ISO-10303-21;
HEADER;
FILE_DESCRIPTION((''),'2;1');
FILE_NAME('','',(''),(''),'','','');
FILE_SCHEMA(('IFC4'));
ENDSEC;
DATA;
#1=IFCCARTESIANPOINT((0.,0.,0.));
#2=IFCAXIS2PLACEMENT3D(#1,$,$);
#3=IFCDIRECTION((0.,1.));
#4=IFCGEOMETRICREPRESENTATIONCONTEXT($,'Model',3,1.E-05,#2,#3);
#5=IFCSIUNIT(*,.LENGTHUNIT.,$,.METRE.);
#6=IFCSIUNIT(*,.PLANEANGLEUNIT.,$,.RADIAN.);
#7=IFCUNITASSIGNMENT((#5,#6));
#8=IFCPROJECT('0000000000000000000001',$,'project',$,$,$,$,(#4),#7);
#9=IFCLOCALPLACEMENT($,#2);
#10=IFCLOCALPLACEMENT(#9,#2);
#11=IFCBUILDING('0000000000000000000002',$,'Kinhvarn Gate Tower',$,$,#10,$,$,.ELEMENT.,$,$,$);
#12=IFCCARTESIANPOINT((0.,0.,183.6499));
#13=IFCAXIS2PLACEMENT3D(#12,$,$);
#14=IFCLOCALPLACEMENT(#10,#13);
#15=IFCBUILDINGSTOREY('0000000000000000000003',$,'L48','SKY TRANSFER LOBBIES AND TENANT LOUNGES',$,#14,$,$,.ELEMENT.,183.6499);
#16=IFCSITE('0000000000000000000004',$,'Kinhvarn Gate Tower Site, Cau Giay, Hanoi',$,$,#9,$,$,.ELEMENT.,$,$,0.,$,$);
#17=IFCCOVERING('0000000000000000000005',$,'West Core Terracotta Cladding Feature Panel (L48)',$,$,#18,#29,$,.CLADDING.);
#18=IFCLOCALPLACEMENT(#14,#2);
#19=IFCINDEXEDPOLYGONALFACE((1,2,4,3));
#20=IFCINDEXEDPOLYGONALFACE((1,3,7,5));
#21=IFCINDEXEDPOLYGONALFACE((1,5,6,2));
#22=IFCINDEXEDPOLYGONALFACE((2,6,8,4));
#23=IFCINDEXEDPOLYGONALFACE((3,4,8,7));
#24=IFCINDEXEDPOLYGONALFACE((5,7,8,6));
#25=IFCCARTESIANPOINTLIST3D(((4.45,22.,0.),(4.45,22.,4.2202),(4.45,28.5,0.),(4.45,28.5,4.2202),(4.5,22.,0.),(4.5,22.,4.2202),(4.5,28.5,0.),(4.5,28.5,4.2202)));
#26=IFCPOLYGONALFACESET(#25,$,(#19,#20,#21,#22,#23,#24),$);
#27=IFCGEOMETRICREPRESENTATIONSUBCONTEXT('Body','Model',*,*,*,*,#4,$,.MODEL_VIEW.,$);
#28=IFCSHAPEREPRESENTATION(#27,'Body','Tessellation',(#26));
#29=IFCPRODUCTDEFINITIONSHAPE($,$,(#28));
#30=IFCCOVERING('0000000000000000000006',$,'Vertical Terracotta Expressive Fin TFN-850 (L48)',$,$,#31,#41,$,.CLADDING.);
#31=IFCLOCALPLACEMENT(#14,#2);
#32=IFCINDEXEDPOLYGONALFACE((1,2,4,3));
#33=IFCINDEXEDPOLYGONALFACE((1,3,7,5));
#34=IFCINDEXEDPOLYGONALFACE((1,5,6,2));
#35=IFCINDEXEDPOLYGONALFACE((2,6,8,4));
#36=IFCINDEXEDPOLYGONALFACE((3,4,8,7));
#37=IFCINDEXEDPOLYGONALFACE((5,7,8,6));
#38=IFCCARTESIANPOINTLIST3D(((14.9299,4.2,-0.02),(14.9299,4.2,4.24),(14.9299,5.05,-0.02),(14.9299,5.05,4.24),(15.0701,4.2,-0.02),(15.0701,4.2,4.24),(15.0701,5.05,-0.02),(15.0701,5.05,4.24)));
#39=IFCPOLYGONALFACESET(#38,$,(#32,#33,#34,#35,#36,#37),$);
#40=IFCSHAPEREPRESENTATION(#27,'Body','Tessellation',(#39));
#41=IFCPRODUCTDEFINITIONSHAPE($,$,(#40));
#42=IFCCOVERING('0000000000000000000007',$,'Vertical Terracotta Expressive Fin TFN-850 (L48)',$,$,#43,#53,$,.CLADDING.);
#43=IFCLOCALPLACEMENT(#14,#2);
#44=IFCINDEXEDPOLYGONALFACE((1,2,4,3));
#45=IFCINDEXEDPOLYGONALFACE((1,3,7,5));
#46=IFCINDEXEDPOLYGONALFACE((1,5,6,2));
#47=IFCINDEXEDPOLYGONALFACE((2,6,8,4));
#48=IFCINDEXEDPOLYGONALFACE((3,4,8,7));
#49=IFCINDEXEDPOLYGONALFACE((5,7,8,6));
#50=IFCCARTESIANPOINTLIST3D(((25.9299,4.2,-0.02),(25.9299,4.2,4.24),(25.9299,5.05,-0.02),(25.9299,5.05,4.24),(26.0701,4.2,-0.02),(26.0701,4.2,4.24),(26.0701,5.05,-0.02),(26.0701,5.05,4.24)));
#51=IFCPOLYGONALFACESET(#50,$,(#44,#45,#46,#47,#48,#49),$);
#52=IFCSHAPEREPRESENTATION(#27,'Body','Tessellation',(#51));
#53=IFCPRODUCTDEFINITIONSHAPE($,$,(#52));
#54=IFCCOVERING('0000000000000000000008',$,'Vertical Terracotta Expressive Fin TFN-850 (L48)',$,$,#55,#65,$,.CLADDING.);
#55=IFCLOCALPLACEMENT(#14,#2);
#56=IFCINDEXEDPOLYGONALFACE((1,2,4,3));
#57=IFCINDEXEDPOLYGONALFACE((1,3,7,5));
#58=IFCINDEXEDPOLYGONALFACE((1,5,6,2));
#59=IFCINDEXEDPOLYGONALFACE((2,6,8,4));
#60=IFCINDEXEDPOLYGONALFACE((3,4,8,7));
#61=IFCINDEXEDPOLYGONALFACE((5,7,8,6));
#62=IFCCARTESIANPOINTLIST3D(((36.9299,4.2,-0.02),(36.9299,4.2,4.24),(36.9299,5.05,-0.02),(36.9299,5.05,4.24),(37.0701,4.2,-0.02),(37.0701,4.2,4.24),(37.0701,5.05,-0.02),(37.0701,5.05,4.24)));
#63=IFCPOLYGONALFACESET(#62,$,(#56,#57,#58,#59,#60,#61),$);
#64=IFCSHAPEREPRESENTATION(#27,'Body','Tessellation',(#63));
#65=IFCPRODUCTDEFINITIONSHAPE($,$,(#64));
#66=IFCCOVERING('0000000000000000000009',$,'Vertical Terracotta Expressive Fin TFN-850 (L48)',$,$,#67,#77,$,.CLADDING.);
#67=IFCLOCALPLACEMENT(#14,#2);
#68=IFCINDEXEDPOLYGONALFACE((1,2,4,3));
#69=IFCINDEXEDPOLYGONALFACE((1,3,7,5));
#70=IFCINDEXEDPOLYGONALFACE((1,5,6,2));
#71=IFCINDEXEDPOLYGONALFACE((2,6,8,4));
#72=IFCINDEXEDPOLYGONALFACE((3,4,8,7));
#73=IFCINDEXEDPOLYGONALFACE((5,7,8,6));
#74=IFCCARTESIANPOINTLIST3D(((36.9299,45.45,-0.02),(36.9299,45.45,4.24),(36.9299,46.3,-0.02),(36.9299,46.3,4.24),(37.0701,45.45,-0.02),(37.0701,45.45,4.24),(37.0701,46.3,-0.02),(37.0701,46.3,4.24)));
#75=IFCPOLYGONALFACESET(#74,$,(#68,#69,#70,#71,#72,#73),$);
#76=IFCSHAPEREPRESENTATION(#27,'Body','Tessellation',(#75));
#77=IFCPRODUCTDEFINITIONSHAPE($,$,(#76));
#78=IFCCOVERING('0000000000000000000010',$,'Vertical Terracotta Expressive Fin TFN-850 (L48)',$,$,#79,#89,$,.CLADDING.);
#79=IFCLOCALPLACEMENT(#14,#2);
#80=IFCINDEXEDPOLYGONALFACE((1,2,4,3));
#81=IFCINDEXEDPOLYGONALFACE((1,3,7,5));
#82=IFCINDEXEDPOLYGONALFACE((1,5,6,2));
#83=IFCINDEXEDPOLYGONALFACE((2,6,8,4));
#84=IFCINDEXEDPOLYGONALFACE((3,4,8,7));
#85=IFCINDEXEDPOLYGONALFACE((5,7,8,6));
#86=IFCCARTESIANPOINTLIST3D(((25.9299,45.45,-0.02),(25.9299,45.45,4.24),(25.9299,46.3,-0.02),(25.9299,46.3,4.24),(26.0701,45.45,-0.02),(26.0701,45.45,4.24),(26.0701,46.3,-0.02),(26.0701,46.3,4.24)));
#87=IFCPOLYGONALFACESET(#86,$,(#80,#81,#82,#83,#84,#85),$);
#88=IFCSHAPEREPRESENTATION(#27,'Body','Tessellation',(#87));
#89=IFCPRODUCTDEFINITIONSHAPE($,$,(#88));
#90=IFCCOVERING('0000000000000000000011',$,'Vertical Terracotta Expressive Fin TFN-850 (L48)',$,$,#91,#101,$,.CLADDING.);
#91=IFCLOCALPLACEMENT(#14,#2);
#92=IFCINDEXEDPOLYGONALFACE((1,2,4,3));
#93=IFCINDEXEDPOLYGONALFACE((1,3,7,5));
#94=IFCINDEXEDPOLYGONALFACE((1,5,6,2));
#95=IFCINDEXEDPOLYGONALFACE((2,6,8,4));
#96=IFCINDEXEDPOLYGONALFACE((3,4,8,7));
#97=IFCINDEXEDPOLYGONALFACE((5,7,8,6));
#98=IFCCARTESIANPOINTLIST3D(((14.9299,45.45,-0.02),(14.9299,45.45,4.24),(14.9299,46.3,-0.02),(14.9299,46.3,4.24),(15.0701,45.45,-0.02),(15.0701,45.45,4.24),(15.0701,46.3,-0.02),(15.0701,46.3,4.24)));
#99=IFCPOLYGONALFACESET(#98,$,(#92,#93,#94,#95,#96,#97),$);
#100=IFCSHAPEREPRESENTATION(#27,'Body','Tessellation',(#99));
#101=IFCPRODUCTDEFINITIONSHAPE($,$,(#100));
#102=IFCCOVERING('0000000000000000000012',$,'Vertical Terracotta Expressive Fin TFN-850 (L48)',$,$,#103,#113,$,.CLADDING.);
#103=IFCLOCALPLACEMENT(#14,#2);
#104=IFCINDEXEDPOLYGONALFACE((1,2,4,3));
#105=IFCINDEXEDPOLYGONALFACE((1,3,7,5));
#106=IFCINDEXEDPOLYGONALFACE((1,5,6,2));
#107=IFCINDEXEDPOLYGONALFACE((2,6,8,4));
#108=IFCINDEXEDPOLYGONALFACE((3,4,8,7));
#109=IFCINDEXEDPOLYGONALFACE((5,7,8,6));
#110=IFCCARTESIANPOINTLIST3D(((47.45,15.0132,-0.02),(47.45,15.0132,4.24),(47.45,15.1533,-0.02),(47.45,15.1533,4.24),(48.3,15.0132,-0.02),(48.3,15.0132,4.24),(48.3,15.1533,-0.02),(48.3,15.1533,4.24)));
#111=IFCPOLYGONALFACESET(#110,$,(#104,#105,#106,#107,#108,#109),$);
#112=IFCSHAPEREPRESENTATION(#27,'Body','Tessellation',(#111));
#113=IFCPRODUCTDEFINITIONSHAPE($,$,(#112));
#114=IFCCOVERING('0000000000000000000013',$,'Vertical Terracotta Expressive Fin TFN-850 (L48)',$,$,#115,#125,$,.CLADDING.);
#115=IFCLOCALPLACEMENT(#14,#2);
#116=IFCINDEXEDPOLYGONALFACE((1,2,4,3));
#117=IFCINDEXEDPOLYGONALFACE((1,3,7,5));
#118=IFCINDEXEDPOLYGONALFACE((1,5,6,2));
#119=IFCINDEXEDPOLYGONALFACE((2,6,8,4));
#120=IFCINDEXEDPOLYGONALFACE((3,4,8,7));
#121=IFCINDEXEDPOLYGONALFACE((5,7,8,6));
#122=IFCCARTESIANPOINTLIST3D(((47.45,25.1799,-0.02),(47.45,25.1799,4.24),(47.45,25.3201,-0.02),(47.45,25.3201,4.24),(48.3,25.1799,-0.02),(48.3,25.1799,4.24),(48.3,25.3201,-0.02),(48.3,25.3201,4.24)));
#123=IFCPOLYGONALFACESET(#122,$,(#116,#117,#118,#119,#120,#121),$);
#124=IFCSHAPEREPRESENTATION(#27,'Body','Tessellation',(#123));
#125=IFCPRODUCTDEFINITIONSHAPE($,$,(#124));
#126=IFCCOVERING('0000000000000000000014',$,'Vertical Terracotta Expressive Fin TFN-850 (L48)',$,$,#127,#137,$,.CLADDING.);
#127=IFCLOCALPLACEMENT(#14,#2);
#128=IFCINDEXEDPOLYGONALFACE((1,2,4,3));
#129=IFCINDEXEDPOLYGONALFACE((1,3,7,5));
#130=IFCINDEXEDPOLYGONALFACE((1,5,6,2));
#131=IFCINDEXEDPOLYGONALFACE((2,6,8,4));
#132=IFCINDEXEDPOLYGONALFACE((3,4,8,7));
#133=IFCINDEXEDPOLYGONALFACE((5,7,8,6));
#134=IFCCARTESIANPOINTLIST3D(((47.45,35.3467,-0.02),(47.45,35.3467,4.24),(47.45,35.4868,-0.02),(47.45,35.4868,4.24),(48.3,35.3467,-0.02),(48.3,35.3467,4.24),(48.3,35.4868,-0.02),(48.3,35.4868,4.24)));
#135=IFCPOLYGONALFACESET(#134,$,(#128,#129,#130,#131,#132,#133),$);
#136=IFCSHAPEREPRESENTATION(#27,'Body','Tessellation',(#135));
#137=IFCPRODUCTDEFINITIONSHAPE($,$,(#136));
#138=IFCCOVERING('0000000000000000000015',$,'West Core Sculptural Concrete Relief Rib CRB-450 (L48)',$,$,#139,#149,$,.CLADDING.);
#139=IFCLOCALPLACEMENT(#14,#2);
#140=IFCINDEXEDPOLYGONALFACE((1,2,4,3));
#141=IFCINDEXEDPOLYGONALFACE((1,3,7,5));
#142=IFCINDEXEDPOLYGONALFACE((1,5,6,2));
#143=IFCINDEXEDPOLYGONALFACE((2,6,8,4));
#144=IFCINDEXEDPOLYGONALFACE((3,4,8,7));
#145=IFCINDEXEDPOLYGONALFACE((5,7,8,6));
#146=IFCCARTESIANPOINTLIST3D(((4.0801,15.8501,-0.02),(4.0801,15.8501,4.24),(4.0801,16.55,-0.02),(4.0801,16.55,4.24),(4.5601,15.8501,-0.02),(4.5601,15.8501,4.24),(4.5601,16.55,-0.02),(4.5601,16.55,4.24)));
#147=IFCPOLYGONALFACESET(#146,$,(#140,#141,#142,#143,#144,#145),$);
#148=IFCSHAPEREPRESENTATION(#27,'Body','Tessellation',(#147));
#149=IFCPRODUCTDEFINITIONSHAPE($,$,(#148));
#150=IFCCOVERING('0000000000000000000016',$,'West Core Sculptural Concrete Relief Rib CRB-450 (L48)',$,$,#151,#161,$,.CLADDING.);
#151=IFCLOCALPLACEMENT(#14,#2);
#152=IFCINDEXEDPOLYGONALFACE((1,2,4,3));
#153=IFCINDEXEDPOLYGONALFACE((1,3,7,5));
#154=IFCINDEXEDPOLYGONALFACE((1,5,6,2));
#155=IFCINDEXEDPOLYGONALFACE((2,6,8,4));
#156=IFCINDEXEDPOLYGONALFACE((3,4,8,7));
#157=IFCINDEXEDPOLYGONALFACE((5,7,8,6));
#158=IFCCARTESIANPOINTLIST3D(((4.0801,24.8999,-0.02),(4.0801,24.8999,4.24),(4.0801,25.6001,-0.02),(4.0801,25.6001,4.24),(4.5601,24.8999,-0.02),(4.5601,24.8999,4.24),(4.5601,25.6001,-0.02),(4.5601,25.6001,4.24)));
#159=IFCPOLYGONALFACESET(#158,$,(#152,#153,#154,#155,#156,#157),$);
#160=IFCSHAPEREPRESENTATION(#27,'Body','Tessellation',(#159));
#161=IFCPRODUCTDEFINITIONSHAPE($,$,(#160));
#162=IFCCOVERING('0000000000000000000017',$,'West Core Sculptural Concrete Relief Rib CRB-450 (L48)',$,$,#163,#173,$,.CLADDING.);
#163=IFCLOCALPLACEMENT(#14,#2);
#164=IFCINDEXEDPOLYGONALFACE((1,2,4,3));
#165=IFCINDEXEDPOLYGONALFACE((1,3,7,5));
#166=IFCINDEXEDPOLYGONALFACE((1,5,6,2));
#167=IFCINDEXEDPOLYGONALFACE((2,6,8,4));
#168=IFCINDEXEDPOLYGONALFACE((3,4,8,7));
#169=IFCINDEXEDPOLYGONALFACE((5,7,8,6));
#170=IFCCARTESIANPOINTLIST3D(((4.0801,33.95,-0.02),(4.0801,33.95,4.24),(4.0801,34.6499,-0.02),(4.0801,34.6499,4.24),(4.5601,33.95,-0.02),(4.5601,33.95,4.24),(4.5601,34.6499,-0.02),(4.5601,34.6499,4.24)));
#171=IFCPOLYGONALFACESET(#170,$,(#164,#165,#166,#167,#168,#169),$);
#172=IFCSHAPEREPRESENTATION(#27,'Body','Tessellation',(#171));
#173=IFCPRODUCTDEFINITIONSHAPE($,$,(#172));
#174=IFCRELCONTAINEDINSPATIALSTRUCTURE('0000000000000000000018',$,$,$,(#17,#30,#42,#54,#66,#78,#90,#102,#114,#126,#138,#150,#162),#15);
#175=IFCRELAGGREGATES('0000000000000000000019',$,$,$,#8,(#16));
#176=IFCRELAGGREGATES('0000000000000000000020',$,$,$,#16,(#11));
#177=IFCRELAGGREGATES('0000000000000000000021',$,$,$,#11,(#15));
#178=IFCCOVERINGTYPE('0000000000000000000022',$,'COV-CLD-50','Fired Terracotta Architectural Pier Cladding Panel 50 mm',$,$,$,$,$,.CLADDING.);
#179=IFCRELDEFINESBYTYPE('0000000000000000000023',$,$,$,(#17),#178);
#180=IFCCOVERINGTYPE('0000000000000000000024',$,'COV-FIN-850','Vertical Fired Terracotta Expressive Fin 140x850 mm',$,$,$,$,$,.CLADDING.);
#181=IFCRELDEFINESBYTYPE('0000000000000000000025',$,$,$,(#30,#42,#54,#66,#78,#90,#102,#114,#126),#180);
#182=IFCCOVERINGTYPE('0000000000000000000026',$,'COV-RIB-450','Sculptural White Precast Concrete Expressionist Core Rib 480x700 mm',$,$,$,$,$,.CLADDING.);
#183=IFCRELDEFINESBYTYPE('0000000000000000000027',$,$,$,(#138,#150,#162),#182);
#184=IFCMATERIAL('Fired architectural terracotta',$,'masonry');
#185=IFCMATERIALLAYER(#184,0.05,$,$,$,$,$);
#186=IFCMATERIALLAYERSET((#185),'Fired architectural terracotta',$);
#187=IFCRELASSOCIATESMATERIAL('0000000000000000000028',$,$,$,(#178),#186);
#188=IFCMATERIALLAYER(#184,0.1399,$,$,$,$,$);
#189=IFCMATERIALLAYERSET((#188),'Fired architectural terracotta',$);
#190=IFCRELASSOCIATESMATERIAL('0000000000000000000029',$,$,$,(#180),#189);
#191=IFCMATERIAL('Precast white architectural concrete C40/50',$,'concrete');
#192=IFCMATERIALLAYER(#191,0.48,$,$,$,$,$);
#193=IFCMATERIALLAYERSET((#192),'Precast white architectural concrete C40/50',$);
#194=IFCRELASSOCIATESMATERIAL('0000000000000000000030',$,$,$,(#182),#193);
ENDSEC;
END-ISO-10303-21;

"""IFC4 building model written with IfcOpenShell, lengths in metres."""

from ifc_helpers import new_model, si_unit, direction, frame, origin, place, context, subcontext, project, spatial, polyline, outline, extrude, material, layer, layer_set, type_object, element, save


model = new_model("IFC4")

# Units and contexts
model_context = context("Model", 3, precision=1e-05, world=origin(), true_north=direction((0.0, 1.0)))
body_context = subcontext(model_context, "Body", "Model", "MODEL_VIEW")
ifc_project = project(units=[si_unit("LENGTHUNIT", "METRE"), si_unit("PLANEANGLEUNIT", "RADIAN")], contexts=[model_context])

# Site, building, storey
site_placement = place(None, origin())
site = spatial("IfcSite", under=ifc_project, at=site_placement, Name="Kinhvarn Gate Tower Site, Cau Giay, Hanoi", CompositionType="ELEMENT", RefElevation=0.0)
building_placement = place(site_placement, origin())
building = spatial("IfcBuilding", under=site, at=building_placement, Name="Kinhvarn Gate Tower", CompositionType="ELEMENT")
storey_placement = place(building_placement, frame((0.0, 0.0, 183.6499)))
storey = spatial("IfcBuildingStorey", under=building, at=storey_placement, Name="L48", Description="SKY TRANSFER LOBBIES AND TENANT LOUNGES", CompositionType="ELEMENT", Elevation=183.6499)

# Coverings
ifc_material_1 = material(Name="Fired architectural terracotta", Category="masonry")
ifc_layer_1 = layer(ifc_material_1, 0.05)
ifc_layer_set_1 = layer_set([ifc_layer_1], Name="Fired architectural terracotta")
covering_type_1 = type_object("IfcCoveringType", Name="COV-CLD-50", Description="Fired Terracotta Architectural Pier Cladding Panel 50 mm", PredefinedType="CLADDING", material=ifc_layer_set_1)
covering_1_placement = place(storey_placement, origin())
element("IfcCovering", 1, at=covering_1_placement, inside=storey, type_object=covering_type_1, Name="West Core Terracotta Cladding Feature Panel (L48)", PredefinedType="CLADDING", context=body_context, shape_type="SweptSolid", body=[
    extrude(outline(polyline([(4.45, 22.0), (4.5, 22.0), (4.5, 28.5), (4.45, 28.5), (4.45, 22.0)])), origin(), (0.0, 0.0, 1.0), 4.2202),
])
ifc_layer_2 = layer(ifc_material_1, 0.1399)
ifc_layer_set_2 = layer_set([ifc_layer_2], Name="Fired architectural terracotta")
covering_type_2 = type_object("IfcCoveringType", Name="COV-FIN-850", Description="Vertical Fired Terracotta Expressive Fin 140x850 mm", PredefinedType="CLADDING", material=ifc_layer_set_2)
covering_2_placement = place(storey_placement, frame((0.0, 0.0, -0.02)))
element("IfcCovering", 2, at=covering_2_placement, inside=storey, type_object=covering_type_2, Name="Vertical Terracotta Expressive Fin TFN-850 (L48)", PredefinedType="CLADDING", context=body_context, shape_type="SweptSolid", body=[
    extrude(outline(polyline([(14.9299, 5.05), (15.0701, 5.05), (15.0701, 4.2), (14.9299, 4.2), (14.9299, 5.05)])), origin(), (0.0, 0.0, 1.0), 4.26),
])
covering_3_placement = place(storey_placement, frame((0.0, 0.0, -0.02)))
element("IfcCovering", 3, at=covering_3_placement, inside=storey, type_object=covering_type_2, Name="Vertical Terracotta Expressive Fin TFN-850 (L48)", PredefinedType="CLADDING", context=body_context, shape_type="SweptSolid", body=[
    extrude(outline(polyline([(25.9299, 5.05), (26.0701, 5.05), (26.0701, 4.2), (25.9299, 4.2), (25.9299, 5.05)])), origin(), (0.0, 0.0, 1.0), 4.26),
])
covering_4_placement = place(storey_placement, frame((0.0, 0.0, -0.02)))
element("IfcCovering", 4, at=covering_4_placement, inside=storey, type_object=covering_type_2, Name="Vertical Terracotta Expressive Fin TFN-850 (L48)", PredefinedType="CLADDING", context=body_context, shape_type="SweptSolid", body=[
    extrude(outline(polyline([(36.9299, 5.05), (37.0701, 5.05), (37.0701, 4.2), (36.9299, 4.2), (36.9299, 5.05)])), origin(), (0.0, 0.0, 1.0), 4.26),
])
covering_5_placement = place(storey_placement, frame((0.0, 0.0, -0.02)))
element("IfcCovering", 5, at=covering_5_placement, inside=storey, type_object=covering_type_2, Name="Vertical Terracotta Expressive Fin TFN-850 (L48)", PredefinedType="CLADDING", context=body_context, shape_type="SweptSolid", body=[
    extrude(outline(polyline([(37.0701, 45.45), (36.9299, 45.45), (36.9299, 46.3), (37.0701, 46.3), (37.0701, 45.45)])), origin(), (0.0, 0.0, 1.0), 4.26),
])
covering_6_placement = place(storey_placement, frame((0.0, 0.0, -0.02)))
element("IfcCovering", 6, at=covering_6_placement, inside=storey, type_object=covering_type_2, Name="Vertical Terracotta Expressive Fin TFN-850 (L48)", PredefinedType="CLADDING", context=body_context, shape_type="SweptSolid", body=[
    extrude(outline(polyline([(26.0701, 45.45), (25.9299, 45.45), (25.9299, 46.3), (26.0701, 46.3), (26.0701, 45.45)])), origin(), (0.0, 0.0, 1.0), 4.26),
])
covering_7_placement = place(storey_placement, frame((0.0, 0.0, -0.02)))
element("IfcCovering", 7, at=covering_7_placement, inside=storey, type_object=covering_type_2, Name="Vertical Terracotta Expressive Fin TFN-850 (L48)", PredefinedType="CLADDING", context=body_context, shape_type="SweptSolid", body=[
    extrude(outline(polyline([(15.0701, 45.45), (14.9299, 45.45), (14.9299, 46.3), (15.0701, 46.3), (15.0701, 45.45)])), origin(), (0.0, 0.0, 1.0), 4.26),
])
covering_8_placement = place(storey_placement, frame((0.0, 0.0, -0.02)))
element("IfcCovering", 8, at=covering_8_placement, inside=storey, type_object=covering_type_2, Name="Vertical Terracotta Expressive Fin TFN-850 (L48)", PredefinedType="CLADDING", context=body_context, shape_type="SweptSolid", body=[
    extrude(outline(polyline([(47.45, 15.0132), (47.45, 15.1533), (48.3, 15.1533), (48.3, 15.0132), (47.45, 15.0132)])), origin(), (0.0, 0.0, 1.0), 4.26),
])
covering_9_placement = place(storey_placement, frame((0.0, 0.0, -0.02)))
element("IfcCovering", 9, at=covering_9_placement, inside=storey, type_object=covering_type_2, Name="Vertical Terracotta Expressive Fin TFN-850 (L48)", PredefinedType="CLADDING", context=body_context, shape_type="SweptSolid", body=[
    extrude(outline(polyline([(47.45, 25.1799), (47.45, 25.3201), (48.3, 25.3201), (48.3, 25.1799), (47.45, 25.1799)])), origin(), (0.0, 0.0, 1.0), 4.26),
])
covering_10_placement = place(storey_placement, frame((0.0, 0.0, -0.02)))
element("IfcCovering", 10, at=covering_10_placement, inside=storey, type_object=covering_type_2, Name="Vertical Terracotta Expressive Fin TFN-850 (L48)", PredefinedType="CLADDING", context=body_context, shape_type="SweptSolid", body=[
    extrude(outline(polyline([(47.45, 35.3467), (47.45, 35.4868), (48.3, 35.4868), (48.3, 35.3467), (47.45, 35.3467)])), origin(), (0.0, 0.0, 1.0), 4.26),
])
ifc_material_2 = material(Name="Precast white architectural concrete C40/50", Category="concrete")
ifc_layer_3 = layer(ifc_material_2, 0.48)
ifc_layer_set_3 = layer_set([ifc_layer_3], Name="Precast white architectural concrete C40/50")
covering_type_3 = type_object("IfcCoveringType", Name="COV-RIB-450", Description="Sculptural White Precast Concrete Expressionist Core Rib 480x700 mm", PredefinedType="CLADDING", material=ifc_layer_set_3)
covering_11_placement = place(storey_placement, frame((0.0, 0.0, -0.02)))
element("IfcCovering", 11, at=covering_11_placement, inside=storey, type_object=covering_type_3, Name="West Core Sculptural Concrete Relief Rib CRB-450 (L48)", PredefinedType="CLADDING", context=body_context, shape_type="SweptSolid", body=[
    extrude(outline(polyline([(4.0801, 15.8501), (4.5601, 15.8501), (4.5601, 16.55), (4.0801, 16.55), (4.0801, 15.8501)])), origin(), (0.0, 0.0, 1.0), 4.26),
])
covering_12_placement = place(storey_placement, frame((0.0, 0.0, -0.02)))
element("IfcCovering", 12, at=covering_12_placement, inside=storey, type_object=covering_type_3, Name="West Core Sculptural Concrete Relief Rib CRB-450 (L48)", PredefinedType="CLADDING", context=body_context, shape_type="SweptSolid", body=[
    extrude(outline(polyline([(4.0801, 24.8999), (4.5601, 24.8999), (4.5601, 25.6001), (4.0801, 25.6001), (4.0801, 24.8999)])), origin(), (0.0, 0.0, 1.0), 4.26),
])
covering_13_placement = place(storey_placement, frame((0.0, 0.0, -0.02)))
element("IfcCovering", 13, at=covering_13_placement, inside=storey, type_object=covering_type_3, Name="West Core Sculptural Concrete Relief Rib CRB-450 (L48)", PredefinedType="CLADDING", context=body_context, shape_type="SweptSolid", body=[
    extrude(outline(polyline([(4.0801, 33.95), (4.5601, 33.95), (4.5601, 34.6499), (4.0801, 34.6499), (4.0801, 33.95)])), origin(), (0.0, 0.0, 1.0), 4.26),
])

save(model, "model.ifc")
